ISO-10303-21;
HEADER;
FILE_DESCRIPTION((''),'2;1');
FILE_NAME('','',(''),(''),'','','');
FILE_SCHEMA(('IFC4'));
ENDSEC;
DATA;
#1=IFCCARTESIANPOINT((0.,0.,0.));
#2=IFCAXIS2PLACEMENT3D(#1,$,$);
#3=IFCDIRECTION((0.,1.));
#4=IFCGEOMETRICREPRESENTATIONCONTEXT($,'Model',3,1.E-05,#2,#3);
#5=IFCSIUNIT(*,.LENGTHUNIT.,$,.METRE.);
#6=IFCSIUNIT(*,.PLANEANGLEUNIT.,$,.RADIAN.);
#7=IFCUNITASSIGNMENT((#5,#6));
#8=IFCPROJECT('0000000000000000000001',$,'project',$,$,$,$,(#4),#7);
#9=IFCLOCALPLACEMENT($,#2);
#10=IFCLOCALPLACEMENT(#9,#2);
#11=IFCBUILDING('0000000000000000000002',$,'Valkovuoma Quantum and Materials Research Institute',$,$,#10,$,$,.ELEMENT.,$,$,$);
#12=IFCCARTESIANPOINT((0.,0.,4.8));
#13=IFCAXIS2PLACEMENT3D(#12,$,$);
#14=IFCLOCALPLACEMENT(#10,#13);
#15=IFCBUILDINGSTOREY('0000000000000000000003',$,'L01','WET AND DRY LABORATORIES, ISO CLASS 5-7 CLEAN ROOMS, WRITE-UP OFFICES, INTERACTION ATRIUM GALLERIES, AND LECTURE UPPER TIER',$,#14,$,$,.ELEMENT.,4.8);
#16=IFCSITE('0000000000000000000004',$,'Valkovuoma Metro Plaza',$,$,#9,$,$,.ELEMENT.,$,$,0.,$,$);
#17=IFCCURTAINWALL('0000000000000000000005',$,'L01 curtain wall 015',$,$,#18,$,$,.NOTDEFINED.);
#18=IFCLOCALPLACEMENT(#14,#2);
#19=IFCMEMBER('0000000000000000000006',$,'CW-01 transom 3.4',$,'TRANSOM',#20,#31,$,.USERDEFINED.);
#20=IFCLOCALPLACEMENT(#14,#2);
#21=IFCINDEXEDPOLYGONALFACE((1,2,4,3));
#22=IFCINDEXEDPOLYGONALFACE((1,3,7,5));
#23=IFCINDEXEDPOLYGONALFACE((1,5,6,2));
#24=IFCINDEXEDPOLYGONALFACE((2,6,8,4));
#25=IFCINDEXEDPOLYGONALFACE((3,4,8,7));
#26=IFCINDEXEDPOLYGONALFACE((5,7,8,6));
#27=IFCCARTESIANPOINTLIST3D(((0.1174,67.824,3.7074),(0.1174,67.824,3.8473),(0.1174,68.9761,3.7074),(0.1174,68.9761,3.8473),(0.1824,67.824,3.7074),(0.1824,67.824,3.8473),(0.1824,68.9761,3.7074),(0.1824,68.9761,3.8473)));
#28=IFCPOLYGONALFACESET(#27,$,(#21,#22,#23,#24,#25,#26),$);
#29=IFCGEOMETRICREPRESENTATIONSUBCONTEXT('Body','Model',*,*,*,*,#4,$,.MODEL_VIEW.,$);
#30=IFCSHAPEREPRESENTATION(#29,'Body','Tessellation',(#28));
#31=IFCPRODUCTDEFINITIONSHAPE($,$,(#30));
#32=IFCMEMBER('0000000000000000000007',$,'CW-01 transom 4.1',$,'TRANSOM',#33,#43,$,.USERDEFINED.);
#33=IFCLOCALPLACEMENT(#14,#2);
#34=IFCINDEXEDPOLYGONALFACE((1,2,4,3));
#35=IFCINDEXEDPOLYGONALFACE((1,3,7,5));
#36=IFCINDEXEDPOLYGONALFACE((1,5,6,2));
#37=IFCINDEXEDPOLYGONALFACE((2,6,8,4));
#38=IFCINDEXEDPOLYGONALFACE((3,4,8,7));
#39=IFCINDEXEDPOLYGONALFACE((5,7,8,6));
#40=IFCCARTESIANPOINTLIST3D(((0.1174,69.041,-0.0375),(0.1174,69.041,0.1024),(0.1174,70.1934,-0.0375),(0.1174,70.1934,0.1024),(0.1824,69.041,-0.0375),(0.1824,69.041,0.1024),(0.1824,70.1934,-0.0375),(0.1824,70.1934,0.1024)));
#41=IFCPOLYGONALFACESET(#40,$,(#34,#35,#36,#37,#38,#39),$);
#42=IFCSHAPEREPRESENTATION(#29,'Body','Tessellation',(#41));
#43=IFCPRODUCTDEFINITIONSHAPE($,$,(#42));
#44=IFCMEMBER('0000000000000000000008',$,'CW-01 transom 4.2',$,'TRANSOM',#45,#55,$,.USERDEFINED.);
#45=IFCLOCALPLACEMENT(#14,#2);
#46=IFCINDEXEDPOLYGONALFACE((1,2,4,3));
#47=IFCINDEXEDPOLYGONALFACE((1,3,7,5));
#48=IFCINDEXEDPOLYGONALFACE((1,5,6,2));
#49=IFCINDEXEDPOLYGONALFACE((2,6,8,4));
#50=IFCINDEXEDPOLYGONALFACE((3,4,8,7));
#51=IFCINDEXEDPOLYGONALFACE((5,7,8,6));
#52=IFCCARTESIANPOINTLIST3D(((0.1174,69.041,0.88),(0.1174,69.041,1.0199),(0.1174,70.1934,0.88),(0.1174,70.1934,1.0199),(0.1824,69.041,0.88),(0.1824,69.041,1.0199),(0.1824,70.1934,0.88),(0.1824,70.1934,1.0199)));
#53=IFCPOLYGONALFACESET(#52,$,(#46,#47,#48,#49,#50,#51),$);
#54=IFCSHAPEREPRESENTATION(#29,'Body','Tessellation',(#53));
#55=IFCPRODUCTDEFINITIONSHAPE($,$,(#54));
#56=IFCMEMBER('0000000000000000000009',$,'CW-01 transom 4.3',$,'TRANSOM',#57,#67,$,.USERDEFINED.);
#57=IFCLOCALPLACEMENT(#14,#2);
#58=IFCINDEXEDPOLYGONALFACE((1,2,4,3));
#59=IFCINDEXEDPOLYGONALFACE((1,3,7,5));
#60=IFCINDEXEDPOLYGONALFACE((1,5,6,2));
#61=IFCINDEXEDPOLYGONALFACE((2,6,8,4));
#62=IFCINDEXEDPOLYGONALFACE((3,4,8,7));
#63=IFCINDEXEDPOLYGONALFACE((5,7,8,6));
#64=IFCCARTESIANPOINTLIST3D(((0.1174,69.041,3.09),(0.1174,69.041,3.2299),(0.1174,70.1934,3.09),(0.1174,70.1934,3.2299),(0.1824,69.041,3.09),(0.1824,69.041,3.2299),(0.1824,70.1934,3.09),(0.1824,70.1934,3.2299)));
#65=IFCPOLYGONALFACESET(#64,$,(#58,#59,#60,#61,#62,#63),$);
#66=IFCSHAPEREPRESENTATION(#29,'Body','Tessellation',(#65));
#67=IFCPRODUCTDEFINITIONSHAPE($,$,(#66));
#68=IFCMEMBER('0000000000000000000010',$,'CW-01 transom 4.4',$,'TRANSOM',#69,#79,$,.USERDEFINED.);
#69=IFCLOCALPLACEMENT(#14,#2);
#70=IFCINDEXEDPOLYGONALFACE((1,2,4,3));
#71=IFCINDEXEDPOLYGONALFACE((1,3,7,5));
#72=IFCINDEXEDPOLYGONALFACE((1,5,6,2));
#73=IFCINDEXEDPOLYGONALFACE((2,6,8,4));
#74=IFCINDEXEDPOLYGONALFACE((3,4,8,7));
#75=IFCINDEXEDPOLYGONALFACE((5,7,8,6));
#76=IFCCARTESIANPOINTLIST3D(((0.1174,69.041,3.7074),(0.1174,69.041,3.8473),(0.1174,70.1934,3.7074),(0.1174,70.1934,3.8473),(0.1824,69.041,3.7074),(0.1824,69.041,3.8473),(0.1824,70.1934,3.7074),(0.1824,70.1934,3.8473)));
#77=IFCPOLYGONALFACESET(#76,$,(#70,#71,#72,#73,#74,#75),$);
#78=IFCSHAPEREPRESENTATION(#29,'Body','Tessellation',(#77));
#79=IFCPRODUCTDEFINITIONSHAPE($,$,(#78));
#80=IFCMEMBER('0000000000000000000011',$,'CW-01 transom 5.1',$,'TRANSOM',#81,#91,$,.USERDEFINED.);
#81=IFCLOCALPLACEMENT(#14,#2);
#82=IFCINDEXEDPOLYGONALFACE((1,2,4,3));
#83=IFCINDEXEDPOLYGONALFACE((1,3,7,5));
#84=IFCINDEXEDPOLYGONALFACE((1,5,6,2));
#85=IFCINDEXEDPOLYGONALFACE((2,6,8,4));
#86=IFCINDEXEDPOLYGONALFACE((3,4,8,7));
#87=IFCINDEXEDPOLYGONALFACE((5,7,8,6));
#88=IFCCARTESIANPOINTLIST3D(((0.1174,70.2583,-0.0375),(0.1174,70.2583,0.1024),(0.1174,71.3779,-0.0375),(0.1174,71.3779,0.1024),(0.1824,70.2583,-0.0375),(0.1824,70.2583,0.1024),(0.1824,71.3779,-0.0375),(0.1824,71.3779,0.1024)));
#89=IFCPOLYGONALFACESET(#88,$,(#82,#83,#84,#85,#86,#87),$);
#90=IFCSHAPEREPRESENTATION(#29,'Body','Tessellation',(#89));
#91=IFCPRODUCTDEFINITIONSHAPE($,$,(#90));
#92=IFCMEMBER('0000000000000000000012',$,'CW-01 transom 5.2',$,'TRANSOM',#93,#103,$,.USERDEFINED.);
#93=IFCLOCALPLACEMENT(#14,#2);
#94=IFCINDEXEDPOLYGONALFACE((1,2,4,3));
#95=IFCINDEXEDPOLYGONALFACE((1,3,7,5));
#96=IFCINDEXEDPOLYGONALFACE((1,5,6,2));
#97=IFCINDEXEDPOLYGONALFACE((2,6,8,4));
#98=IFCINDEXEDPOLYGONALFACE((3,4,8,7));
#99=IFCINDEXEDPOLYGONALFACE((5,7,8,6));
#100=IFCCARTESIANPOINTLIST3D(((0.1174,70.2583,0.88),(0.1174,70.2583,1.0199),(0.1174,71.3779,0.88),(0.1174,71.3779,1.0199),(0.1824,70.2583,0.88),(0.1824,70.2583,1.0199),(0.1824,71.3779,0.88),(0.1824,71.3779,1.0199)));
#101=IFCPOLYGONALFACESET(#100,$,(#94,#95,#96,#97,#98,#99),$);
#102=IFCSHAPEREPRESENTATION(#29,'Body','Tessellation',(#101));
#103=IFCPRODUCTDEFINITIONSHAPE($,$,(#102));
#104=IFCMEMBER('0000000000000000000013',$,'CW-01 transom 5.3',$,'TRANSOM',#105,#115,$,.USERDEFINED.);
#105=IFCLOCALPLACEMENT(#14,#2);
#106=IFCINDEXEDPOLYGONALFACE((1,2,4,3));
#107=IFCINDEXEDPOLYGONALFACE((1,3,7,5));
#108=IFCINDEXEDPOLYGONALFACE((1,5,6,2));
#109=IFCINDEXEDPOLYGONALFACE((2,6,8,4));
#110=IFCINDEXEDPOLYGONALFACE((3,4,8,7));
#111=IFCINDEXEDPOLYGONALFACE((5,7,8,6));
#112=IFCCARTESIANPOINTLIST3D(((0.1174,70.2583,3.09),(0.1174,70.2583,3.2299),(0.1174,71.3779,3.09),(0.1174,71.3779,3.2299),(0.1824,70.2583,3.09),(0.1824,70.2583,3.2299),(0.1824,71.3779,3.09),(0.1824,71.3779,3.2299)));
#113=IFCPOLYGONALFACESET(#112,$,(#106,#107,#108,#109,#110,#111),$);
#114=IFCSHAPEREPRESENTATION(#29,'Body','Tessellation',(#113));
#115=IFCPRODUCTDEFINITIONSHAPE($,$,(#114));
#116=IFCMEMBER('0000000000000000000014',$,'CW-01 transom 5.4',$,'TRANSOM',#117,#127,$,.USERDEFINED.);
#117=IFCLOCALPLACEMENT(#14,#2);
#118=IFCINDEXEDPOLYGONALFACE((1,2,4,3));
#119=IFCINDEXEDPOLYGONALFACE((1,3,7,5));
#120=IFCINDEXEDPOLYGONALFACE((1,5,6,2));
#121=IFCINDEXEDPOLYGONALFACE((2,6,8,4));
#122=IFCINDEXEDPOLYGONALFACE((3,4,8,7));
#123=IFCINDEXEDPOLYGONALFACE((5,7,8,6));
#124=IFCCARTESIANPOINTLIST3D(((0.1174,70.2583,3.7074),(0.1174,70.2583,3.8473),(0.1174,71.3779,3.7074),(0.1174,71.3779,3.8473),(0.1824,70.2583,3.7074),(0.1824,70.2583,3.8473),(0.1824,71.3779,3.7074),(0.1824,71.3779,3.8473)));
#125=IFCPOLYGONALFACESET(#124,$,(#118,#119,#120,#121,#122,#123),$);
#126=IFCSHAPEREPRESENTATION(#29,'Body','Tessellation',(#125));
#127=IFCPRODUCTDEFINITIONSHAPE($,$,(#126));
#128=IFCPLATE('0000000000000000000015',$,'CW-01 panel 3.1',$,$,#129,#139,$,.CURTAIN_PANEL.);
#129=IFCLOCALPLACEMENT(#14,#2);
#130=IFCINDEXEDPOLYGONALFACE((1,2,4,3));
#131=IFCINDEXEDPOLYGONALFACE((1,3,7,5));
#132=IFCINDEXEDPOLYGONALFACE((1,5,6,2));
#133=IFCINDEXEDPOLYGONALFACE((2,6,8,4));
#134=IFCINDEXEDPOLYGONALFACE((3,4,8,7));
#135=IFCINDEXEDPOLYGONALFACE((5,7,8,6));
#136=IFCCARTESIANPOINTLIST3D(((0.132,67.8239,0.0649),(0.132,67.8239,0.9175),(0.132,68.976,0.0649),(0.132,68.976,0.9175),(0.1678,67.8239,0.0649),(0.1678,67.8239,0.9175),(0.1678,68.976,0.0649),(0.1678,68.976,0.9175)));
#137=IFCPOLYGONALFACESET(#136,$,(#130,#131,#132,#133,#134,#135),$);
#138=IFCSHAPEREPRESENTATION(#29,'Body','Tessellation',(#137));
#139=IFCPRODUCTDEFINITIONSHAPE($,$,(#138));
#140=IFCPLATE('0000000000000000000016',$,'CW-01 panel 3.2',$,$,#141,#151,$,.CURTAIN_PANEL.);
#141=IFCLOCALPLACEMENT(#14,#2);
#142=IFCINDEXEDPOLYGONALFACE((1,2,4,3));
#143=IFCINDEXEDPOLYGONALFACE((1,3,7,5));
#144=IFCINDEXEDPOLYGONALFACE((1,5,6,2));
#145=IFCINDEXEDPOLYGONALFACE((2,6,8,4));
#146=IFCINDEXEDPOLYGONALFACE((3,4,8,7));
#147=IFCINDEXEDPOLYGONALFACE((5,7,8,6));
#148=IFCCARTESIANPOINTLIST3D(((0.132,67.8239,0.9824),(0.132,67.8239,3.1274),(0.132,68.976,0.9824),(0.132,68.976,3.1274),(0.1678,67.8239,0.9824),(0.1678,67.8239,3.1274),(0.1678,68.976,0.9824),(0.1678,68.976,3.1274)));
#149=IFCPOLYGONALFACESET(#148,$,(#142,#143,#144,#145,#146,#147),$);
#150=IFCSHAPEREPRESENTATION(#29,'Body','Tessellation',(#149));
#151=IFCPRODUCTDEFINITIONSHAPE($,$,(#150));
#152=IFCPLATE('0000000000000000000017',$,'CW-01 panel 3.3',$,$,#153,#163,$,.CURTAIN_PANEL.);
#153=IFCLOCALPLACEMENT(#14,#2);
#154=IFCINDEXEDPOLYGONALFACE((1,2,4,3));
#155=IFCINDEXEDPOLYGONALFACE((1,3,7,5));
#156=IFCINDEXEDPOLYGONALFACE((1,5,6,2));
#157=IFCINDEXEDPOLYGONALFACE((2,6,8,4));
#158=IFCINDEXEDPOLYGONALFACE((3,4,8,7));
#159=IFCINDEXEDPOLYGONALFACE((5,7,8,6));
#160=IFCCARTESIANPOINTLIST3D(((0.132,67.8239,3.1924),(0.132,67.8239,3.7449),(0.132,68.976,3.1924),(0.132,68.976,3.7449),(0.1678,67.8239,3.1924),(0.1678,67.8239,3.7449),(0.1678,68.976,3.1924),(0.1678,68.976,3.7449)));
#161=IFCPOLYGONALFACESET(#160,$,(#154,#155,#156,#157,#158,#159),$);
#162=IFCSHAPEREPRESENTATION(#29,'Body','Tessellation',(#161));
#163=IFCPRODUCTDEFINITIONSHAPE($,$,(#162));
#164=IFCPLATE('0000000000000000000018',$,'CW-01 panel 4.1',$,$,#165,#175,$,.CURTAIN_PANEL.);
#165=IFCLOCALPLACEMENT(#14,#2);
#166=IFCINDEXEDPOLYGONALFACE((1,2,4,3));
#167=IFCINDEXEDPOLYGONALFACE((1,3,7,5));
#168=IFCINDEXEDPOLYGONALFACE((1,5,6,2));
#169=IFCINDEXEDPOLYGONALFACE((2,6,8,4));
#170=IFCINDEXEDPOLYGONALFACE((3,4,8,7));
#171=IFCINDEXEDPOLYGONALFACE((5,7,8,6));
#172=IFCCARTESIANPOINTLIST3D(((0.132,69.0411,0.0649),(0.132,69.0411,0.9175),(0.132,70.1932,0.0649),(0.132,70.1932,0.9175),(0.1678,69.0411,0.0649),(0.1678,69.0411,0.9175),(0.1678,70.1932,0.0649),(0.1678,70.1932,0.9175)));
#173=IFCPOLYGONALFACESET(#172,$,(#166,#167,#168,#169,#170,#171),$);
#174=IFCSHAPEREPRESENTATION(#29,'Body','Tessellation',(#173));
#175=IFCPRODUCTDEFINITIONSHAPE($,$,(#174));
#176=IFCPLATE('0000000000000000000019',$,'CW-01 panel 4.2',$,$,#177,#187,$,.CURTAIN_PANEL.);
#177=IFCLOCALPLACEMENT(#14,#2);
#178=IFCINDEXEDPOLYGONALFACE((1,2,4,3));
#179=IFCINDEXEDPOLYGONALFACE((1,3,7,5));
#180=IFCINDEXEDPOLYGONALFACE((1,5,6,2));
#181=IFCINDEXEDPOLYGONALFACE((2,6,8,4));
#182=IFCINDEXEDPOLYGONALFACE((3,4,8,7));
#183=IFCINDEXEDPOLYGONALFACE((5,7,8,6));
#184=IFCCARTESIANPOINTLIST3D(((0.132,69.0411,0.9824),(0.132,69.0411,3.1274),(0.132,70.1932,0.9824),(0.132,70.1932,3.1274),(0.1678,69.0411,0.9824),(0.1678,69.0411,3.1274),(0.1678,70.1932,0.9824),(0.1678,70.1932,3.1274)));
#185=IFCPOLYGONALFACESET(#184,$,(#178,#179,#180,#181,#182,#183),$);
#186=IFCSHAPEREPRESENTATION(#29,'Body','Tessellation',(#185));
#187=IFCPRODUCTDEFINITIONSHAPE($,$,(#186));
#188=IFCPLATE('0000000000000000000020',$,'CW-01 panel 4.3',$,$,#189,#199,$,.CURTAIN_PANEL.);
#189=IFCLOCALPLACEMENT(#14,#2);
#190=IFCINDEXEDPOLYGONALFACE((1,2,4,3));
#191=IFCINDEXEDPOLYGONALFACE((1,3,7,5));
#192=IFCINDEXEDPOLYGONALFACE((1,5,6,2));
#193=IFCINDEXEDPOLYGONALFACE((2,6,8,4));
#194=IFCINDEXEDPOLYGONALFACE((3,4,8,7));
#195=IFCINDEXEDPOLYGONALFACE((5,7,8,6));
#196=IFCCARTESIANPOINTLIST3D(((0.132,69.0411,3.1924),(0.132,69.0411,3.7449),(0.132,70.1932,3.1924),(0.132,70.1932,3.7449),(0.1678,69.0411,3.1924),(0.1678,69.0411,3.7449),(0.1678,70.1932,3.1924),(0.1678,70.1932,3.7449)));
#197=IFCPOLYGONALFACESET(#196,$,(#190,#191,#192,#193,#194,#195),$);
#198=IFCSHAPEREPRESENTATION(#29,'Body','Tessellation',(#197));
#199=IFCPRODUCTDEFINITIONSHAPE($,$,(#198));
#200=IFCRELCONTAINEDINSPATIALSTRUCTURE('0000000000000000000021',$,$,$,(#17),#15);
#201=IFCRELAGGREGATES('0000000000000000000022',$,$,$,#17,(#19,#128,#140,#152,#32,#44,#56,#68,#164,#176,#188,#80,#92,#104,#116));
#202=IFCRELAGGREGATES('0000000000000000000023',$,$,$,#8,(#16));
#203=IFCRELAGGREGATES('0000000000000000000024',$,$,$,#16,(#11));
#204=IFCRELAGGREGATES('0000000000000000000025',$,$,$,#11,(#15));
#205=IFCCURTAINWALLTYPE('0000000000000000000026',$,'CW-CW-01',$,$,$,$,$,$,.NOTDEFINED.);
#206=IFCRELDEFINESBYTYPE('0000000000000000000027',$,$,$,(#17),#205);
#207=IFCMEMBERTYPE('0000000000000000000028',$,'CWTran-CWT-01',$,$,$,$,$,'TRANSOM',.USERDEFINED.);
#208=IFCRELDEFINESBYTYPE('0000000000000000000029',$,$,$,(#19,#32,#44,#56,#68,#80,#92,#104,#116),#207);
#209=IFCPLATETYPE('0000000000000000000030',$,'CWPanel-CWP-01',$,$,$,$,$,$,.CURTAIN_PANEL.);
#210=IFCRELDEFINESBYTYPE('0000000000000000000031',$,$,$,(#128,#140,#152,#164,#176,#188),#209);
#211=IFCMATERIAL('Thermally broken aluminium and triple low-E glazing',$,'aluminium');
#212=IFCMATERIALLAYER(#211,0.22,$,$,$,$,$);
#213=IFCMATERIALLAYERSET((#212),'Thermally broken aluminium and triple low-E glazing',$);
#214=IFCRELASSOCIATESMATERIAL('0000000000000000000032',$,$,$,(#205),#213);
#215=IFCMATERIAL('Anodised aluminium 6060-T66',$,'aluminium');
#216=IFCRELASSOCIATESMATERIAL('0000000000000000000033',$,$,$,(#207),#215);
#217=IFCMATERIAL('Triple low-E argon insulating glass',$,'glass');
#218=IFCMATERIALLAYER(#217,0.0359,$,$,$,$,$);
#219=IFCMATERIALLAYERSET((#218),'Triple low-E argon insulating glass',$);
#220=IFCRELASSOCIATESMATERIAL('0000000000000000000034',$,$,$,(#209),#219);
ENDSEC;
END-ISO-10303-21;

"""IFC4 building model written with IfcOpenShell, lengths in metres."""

from ifc_helpers import new_model, si_unit, direction, frame, origin, origin_2d, place, context, subcontext, project, spatial, rectangle, extrude, material, layer, layer_set, material_profile, profile_set, type_object, element, aggregate, save


model = new_model("IFC4")

# Units and contexts
model_context = context("Model", 3, precision=1e-05, world=origin(), true_north=direction((0.0, 1.0)))
body_context = subcontext(model_context, "Body", "Model", "MODEL_VIEW")
ifc_project = project(units=[si_unit("LENGTHUNIT", "METRE"), si_unit("PLANEANGLEUNIT", "RADIAN")], contexts=[model_context])

# Site, building, storey
site_placement = place(None, origin())
site = spatial("IfcSite", under=ifc_project, at=site_placement, Name="Valkovuoma Metro Plaza", CompositionType="ELEMENT", RefElevation=0.0)
building_placement = place(site_placement, origin())
building = spatial("IfcBuilding", under=site, at=building_placement, Name="Valkovuoma Quantum and Materials Research Institute", CompositionType="ELEMENT")
storey_placement = place(building_placement, frame((0.0, 0.0, 4.8)))
storey = spatial("IfcBuildingStorey", under=building, at=storey_placement, Name="L01", Description="WET AND DRY LABORATORIES, ISO CLASS 5-7 CLEAN ROOMS, WRITE-UP OFFICES, INTERACTION ATRIUM GALLERIES, AND LECTURE UPPER TIER", CompositionType="ELEMENT", Elevation=4.8)

# Curtain wall, members, plates
ifc_material_1 = material(Name="Thermally broken aluminium and triple low-E glazing", Category="aluminium")
ifc_layer_1 = layer(ifc_material_1, 0.22)
ifc_layer_set_1 = layer_set([ifc_layer_1], Name="Thermally broken aluminium and triple low-E glazing")
curtain_wall_type = type_object("IfcCurtainWallType", Name="CW-CW-01", PredefinedType="NOTDEFINED", material=ifc_layer_set_1)
curtain_wall_placement = place(storey_placement, origin())
curtain_wall = element("IfcCurtainWall", 1, at=curtain_wall_placement, inside=storey, type_object=curtain_wall_type, Name="L01 curtain wall 015", PredefinedType="NOTDEFINED")
ifc_material_2 = material(Name="Anodised aluminium 6060-T66", Category="aluminium")
ifc_material_profile_1 = material_profile(ifc_material_2, rectangle(XDim=0.0649, YDim=0.1399, at=origin_2d()), Name="Anodised aluminium 6060-T66")
ifc_profile_set_1 = profile_set([ifc_material_profile_1], Name="Anodised aluminium 6060-T66")
member_type_1 = type_object("IfcMemberType", Name="CWTran-CWT-01", ElementType="TRANSOM", PredefinedType="USERDEFINED", material=ifc_profile_set_1)
member_1_placement = place(storey_placement, frame((0.1499, 67.824, 3.7773), z_axis=(0.0, 1.0, 0.0), x_axis=(-1.0, 0.0, 0.0)))
member_1 = element("IfcMember", 2, at=member_1_placement, type_object=member_type_1, Name="CW-01 transom 3.4", ObjectType="TRANSOM", PredefinedType="USERDEFINED", context=body_context, shape_type="SweptSolid", body=[
    extrude(rectangle(XDim=0.0649, YDim=0.1399, at=origin_2d()), origin(), (0.0, 0.0, 1.0), 1.1521),
])
member_2_placement = place(storey_placement, frame((0.1499, 69.041, 0.0325), z_axis=(0.0, 1.0, 0.0), x_axis=(-1.0, 0.0, 0.0)))
member_2 = element("IfcMember", 3, at=member_2_placement, type_object=member_type_1, Name="CW-01 transom 4.1", ObjectType="TRANSOM", PredefinedType="USERDEFINED", context=body_context, shape_type="SweptSolid", body=[
    extrude(rectangle(XDim=0.0649, YDim=0.1399, at=origin_2d()), origin(), (0.0, 0.0, 1.0), 1.1523),
])
member_3_placement = place(storey_placement, frame((0.1499, 69.041, 0.95), z_axis=(0.0, 1.0, 0.0), x_axis=(-1.0, 0.0, 0.0)))
member_3 = element("IfcMember", 4, at=member_3_placement, type_object=member_type_1, Name="CW-01 transom 4.2", ObjectType="TRANSOM", PredefinedType="USERDEFINED", context=body_context, shape_type="SweptSolid", body=[
    extrude(rectangle(XDim=0.0649, YDim=0.1399, at=origin_2d()), origin(), (0.0, 0.0, 1.0), 1.1523),
])
member_4_placement = place(storey_placement, frame((0.1499, 69.041, 3.1599), z_axis=(0.0, 1.0, 0.0), x_axis=(-1.0, 0.0, 0.0)))
member_4 = element("IfcMember", 5, at=member_4_placement, type_object=member_type_1, Name="CW-01 transom 4.3", ObjectType="TRANSOM", PredefinedType="USERDEFINED", context=body_context, shape_type="SweptSolid", body=[
    extrude(rectangle(XDim=0.0649, YDim=0.1399, at=origin_2d()), origin(), (0.0, 0.0, 1.0), 1.1523),
])
member_5_placement = place(storey_placement, frame((0.1499, 69.041, 3.7773), z_axis=(0.0, 1.0, 0.0), x_axis=(-1.0, 0.0, 0.0)))
member_5 = element("IfcMember", 6, at=member_5_placement, type_object=member_type_1, Name="CW-01 transom 4.4", ObjectType="TRANSOM", PredefinedType="USERDEFINED", context=body_context, shape_type="SweptSolid", body=[
    extrude(rectangle(XDim=0.0649, YDim=0.1399, at=origin_2d()), origin(), (0.0, 0.0, 1.0), 1.1523),
])
member_6_placement = place(storey_placement, frame((0.1499, 70.2583, 0.0325), z_axis=(0.0, 1.0, 0.0), x_axis=(-1.0, 0.0, 0.0)))
member_6 = element("IfcMember", 7, at=member_6_placement, type_object=member_type_1, Name="CW-01 transom 5.1", ObjectType="TRANSOM", PredefinedType="USERDEFINED", context=body_context, shape_type="SweptSolid", body=[
    extrude(rectangle(XDim=0.0649, YDim=0.1399, at=origin_2d()), origin(), (0.0, 0.0, 1.0), 1.1196),
])
member_7_placement = place(storey_placement, frame((0.1499, 70.2583, 0.95), z_axis=(0.0, 1.0, 0.0), x_axis=(-1.0, 0.0, 0.0)))
member_7 = element("IfcMember", 8, at=member_7_placement, type_object=member_type_1, Name="CW-01 transom 5.2", ObjectType="TRANSOM", PredefinedType="USERDEFINED", context=body_context, shape_type="SweptSolid", body=[
    extrude(rectangle(XDim=0.0649, YDim=0.1399, at=origin_2d()), origin(), (0.0, 0.0, 1.0), 1.1196),
])
member_8_placement = place(storey_placement, frame((0.1499, 70.2583, 3.1599), z_axis=(0.0, 1.0, 0.0), x_axis=(-1.0, 0.0, 0.0)))
member_8 = element("IfcMember", 9, at=member_8_placement, type_object=member_type_1, Name="CW-01 transom 5.3", ObjectType="TRANSOM", PredefinedType="USERDEFINED", context=body_context, shape_type="SweptSolid", body=[
    extrude(rectangle(XDim=0.0649, YDim=0.1399, at=origin_2d()), origin(), (0.0, 0.0, 1.0), 1.1196),
])
member_9_placement = place(storey_placement, frame((0.1499, 70.2583, 3.7773), z_axis=(0.0, 1.0, 0.0), x_axis=(-1.0, 0.0, 0.0)))
member_9 = element("IfcMember", 10, at=member_9_placement, type_object=member_type_1, Name="CW-01 transom 5.4", ObjectType="TRANSOM", PredefinedType="USERDEFINED", context=body_context, shape_type="SweptSolid", body=[
    extrude(rectangle(XDim=0.0649, YDim=0.1399, at=origin_2d()), origin(), (0.0, 0.0, 1.0), 1.1196),
])
ifc_material_3 = material(Name="Triple low-E argon insulating glass", Category="glass")
ifc_layer_2 = layer(ifc_material_3, 0.0359)
ifc_layer_set_2 = layer_set([ifc_layer_2], Name="Triple low-E argon insulating glass")
plate_type = type_object("IfcPlateType", Name="CWPanel-CWP-01", PredefinedType="CURTAIN_PANEL", material=ifc_layer_set_2)
plate_1_placement = place(storey_placement, frame((0.1499, 68.3999, 0.0649), z_axis=(0.0, 0.0, 1.0), x_axis=(0.0, 1.0, 0.0)))
plate_1 = element("IfcPlate", 11, at=plate_1_placement, type_object=plate_type, Name="CW-01 panel 3.1", PredefinedType="CURTAIN_PANEL", context=body_context, shape_type="SweptSolid", body=[
    extrude(rectangle(XDim=1.1521, YDim=0.0359, at=origin_2d()), origin(), (0.0, 0.0, 1.0), 0.8525),
])
plate_2_placement = place(storey_placement, frame((0.1499, 68.3999, 0.9824), z_axis=(0.0, 0.0, 1.0), x_axis=(0.0, 1.0, 0.0)))
plate_2 = element("IfcPlate", 12, at=plate_2_placement, type_object=plate_type, Name="CW-01 panel 3.2", PredefinedType="CURTAIN_PANEL", context=body_context, shape_type="SweptSolid", body=[
    extrude(rectangle(XDim=1.1521, YDim=0.0359, at=origin_2d()), origin(), (0.0, 0.0, 1.0), 2.145),
])
plate_3_placement = place(storey_placement, frame((0.1499, 68.3999, 3.1924), z_axis=(0.0, 0.0, 1.0), x_axis=(0.0, 1.0, 0.0)))
plate_3 = element("IfcPlate", 13, at=plate_3_placement, type_object=plate_type, Name="CW-01 panel 3.3", PredefinedType="CURTAIN_PANEL", context=body_context, shape_type="SweptSolid", body=[
    extrude(rectangle(XDim=1.1521, YDim=0.0359, at=origin_2d()), origin(), (0.0, 0.0, 1.0), 0.5525),
])
plate_4_placement = place(storey_placement, frame((0.1499, 69.6172, 0.0649), z_axis=(0.0, 0.0, 1.0), x_axis=(0.0, 1.0, 0.0)))
plate_4 = element("IfcPlate", 14, at=plate_4_placement, type_object=plate_type, Name="CW-01 panel 4.1", PredefinedType="CURTAIN_PANEL", context=body_context, shape_type="SweptSolid", body=[
    extrude(rectangle(XDim=1.1521, YDim=0.0359, at=origin_2d()), origin(), (0.0, 0.0, 1.0), 0.8525),
])
plate_5_placement = place(storey_placement, frame((0.1499, 69.6172, 0.9824), z_axis=(0.0, 0.0, 1.0), x_axis=(0.0, 1.0, 0.0)))
plate_5 = element("IfcPlate", 15, at=plate_5_placement, type_object=plate_type, Name="CW-01 panel 4.2", PredefinedType="CURTAIN_PANEL", context=body_context, shape_type="SweptSolid", body=[
    extrude(rectangle(XDim=1.1521, YDim=0.0359, at=origin_2d()), origin(), (0.0, 0.0, 1.0), 2.145),
])
plate_6_placement = place(storey_placement, frame((0.1499, 69.6172, 3.1924), z_axis=(0.0, 0.0, 1.0), x_axis=(0.0, 1.0, 0.0)))
plate_6 = element("IfcPlate", 16, at=plate_6_placement, type_object=plate_type, Name="CW-01 panel 4.3", PredefinedType="CURTAIN_PANEL", context=body_context, shape_type="SweptSolid", body=[
    extrude(rectangle(XDim=1.1521, YDim=0.0359, at=origin_2d()), origin(), (0.0, 0.0, 1.0), 0.5525),
])
aggregate(curtain_wall, [member_1, plate_1, plate_2, plate_3, member_2, member_3, member_4, member_5, plate_4, plate_5, plate_6, member_6, member_7, member_8, member_9])

save(model, "model.ifc")
